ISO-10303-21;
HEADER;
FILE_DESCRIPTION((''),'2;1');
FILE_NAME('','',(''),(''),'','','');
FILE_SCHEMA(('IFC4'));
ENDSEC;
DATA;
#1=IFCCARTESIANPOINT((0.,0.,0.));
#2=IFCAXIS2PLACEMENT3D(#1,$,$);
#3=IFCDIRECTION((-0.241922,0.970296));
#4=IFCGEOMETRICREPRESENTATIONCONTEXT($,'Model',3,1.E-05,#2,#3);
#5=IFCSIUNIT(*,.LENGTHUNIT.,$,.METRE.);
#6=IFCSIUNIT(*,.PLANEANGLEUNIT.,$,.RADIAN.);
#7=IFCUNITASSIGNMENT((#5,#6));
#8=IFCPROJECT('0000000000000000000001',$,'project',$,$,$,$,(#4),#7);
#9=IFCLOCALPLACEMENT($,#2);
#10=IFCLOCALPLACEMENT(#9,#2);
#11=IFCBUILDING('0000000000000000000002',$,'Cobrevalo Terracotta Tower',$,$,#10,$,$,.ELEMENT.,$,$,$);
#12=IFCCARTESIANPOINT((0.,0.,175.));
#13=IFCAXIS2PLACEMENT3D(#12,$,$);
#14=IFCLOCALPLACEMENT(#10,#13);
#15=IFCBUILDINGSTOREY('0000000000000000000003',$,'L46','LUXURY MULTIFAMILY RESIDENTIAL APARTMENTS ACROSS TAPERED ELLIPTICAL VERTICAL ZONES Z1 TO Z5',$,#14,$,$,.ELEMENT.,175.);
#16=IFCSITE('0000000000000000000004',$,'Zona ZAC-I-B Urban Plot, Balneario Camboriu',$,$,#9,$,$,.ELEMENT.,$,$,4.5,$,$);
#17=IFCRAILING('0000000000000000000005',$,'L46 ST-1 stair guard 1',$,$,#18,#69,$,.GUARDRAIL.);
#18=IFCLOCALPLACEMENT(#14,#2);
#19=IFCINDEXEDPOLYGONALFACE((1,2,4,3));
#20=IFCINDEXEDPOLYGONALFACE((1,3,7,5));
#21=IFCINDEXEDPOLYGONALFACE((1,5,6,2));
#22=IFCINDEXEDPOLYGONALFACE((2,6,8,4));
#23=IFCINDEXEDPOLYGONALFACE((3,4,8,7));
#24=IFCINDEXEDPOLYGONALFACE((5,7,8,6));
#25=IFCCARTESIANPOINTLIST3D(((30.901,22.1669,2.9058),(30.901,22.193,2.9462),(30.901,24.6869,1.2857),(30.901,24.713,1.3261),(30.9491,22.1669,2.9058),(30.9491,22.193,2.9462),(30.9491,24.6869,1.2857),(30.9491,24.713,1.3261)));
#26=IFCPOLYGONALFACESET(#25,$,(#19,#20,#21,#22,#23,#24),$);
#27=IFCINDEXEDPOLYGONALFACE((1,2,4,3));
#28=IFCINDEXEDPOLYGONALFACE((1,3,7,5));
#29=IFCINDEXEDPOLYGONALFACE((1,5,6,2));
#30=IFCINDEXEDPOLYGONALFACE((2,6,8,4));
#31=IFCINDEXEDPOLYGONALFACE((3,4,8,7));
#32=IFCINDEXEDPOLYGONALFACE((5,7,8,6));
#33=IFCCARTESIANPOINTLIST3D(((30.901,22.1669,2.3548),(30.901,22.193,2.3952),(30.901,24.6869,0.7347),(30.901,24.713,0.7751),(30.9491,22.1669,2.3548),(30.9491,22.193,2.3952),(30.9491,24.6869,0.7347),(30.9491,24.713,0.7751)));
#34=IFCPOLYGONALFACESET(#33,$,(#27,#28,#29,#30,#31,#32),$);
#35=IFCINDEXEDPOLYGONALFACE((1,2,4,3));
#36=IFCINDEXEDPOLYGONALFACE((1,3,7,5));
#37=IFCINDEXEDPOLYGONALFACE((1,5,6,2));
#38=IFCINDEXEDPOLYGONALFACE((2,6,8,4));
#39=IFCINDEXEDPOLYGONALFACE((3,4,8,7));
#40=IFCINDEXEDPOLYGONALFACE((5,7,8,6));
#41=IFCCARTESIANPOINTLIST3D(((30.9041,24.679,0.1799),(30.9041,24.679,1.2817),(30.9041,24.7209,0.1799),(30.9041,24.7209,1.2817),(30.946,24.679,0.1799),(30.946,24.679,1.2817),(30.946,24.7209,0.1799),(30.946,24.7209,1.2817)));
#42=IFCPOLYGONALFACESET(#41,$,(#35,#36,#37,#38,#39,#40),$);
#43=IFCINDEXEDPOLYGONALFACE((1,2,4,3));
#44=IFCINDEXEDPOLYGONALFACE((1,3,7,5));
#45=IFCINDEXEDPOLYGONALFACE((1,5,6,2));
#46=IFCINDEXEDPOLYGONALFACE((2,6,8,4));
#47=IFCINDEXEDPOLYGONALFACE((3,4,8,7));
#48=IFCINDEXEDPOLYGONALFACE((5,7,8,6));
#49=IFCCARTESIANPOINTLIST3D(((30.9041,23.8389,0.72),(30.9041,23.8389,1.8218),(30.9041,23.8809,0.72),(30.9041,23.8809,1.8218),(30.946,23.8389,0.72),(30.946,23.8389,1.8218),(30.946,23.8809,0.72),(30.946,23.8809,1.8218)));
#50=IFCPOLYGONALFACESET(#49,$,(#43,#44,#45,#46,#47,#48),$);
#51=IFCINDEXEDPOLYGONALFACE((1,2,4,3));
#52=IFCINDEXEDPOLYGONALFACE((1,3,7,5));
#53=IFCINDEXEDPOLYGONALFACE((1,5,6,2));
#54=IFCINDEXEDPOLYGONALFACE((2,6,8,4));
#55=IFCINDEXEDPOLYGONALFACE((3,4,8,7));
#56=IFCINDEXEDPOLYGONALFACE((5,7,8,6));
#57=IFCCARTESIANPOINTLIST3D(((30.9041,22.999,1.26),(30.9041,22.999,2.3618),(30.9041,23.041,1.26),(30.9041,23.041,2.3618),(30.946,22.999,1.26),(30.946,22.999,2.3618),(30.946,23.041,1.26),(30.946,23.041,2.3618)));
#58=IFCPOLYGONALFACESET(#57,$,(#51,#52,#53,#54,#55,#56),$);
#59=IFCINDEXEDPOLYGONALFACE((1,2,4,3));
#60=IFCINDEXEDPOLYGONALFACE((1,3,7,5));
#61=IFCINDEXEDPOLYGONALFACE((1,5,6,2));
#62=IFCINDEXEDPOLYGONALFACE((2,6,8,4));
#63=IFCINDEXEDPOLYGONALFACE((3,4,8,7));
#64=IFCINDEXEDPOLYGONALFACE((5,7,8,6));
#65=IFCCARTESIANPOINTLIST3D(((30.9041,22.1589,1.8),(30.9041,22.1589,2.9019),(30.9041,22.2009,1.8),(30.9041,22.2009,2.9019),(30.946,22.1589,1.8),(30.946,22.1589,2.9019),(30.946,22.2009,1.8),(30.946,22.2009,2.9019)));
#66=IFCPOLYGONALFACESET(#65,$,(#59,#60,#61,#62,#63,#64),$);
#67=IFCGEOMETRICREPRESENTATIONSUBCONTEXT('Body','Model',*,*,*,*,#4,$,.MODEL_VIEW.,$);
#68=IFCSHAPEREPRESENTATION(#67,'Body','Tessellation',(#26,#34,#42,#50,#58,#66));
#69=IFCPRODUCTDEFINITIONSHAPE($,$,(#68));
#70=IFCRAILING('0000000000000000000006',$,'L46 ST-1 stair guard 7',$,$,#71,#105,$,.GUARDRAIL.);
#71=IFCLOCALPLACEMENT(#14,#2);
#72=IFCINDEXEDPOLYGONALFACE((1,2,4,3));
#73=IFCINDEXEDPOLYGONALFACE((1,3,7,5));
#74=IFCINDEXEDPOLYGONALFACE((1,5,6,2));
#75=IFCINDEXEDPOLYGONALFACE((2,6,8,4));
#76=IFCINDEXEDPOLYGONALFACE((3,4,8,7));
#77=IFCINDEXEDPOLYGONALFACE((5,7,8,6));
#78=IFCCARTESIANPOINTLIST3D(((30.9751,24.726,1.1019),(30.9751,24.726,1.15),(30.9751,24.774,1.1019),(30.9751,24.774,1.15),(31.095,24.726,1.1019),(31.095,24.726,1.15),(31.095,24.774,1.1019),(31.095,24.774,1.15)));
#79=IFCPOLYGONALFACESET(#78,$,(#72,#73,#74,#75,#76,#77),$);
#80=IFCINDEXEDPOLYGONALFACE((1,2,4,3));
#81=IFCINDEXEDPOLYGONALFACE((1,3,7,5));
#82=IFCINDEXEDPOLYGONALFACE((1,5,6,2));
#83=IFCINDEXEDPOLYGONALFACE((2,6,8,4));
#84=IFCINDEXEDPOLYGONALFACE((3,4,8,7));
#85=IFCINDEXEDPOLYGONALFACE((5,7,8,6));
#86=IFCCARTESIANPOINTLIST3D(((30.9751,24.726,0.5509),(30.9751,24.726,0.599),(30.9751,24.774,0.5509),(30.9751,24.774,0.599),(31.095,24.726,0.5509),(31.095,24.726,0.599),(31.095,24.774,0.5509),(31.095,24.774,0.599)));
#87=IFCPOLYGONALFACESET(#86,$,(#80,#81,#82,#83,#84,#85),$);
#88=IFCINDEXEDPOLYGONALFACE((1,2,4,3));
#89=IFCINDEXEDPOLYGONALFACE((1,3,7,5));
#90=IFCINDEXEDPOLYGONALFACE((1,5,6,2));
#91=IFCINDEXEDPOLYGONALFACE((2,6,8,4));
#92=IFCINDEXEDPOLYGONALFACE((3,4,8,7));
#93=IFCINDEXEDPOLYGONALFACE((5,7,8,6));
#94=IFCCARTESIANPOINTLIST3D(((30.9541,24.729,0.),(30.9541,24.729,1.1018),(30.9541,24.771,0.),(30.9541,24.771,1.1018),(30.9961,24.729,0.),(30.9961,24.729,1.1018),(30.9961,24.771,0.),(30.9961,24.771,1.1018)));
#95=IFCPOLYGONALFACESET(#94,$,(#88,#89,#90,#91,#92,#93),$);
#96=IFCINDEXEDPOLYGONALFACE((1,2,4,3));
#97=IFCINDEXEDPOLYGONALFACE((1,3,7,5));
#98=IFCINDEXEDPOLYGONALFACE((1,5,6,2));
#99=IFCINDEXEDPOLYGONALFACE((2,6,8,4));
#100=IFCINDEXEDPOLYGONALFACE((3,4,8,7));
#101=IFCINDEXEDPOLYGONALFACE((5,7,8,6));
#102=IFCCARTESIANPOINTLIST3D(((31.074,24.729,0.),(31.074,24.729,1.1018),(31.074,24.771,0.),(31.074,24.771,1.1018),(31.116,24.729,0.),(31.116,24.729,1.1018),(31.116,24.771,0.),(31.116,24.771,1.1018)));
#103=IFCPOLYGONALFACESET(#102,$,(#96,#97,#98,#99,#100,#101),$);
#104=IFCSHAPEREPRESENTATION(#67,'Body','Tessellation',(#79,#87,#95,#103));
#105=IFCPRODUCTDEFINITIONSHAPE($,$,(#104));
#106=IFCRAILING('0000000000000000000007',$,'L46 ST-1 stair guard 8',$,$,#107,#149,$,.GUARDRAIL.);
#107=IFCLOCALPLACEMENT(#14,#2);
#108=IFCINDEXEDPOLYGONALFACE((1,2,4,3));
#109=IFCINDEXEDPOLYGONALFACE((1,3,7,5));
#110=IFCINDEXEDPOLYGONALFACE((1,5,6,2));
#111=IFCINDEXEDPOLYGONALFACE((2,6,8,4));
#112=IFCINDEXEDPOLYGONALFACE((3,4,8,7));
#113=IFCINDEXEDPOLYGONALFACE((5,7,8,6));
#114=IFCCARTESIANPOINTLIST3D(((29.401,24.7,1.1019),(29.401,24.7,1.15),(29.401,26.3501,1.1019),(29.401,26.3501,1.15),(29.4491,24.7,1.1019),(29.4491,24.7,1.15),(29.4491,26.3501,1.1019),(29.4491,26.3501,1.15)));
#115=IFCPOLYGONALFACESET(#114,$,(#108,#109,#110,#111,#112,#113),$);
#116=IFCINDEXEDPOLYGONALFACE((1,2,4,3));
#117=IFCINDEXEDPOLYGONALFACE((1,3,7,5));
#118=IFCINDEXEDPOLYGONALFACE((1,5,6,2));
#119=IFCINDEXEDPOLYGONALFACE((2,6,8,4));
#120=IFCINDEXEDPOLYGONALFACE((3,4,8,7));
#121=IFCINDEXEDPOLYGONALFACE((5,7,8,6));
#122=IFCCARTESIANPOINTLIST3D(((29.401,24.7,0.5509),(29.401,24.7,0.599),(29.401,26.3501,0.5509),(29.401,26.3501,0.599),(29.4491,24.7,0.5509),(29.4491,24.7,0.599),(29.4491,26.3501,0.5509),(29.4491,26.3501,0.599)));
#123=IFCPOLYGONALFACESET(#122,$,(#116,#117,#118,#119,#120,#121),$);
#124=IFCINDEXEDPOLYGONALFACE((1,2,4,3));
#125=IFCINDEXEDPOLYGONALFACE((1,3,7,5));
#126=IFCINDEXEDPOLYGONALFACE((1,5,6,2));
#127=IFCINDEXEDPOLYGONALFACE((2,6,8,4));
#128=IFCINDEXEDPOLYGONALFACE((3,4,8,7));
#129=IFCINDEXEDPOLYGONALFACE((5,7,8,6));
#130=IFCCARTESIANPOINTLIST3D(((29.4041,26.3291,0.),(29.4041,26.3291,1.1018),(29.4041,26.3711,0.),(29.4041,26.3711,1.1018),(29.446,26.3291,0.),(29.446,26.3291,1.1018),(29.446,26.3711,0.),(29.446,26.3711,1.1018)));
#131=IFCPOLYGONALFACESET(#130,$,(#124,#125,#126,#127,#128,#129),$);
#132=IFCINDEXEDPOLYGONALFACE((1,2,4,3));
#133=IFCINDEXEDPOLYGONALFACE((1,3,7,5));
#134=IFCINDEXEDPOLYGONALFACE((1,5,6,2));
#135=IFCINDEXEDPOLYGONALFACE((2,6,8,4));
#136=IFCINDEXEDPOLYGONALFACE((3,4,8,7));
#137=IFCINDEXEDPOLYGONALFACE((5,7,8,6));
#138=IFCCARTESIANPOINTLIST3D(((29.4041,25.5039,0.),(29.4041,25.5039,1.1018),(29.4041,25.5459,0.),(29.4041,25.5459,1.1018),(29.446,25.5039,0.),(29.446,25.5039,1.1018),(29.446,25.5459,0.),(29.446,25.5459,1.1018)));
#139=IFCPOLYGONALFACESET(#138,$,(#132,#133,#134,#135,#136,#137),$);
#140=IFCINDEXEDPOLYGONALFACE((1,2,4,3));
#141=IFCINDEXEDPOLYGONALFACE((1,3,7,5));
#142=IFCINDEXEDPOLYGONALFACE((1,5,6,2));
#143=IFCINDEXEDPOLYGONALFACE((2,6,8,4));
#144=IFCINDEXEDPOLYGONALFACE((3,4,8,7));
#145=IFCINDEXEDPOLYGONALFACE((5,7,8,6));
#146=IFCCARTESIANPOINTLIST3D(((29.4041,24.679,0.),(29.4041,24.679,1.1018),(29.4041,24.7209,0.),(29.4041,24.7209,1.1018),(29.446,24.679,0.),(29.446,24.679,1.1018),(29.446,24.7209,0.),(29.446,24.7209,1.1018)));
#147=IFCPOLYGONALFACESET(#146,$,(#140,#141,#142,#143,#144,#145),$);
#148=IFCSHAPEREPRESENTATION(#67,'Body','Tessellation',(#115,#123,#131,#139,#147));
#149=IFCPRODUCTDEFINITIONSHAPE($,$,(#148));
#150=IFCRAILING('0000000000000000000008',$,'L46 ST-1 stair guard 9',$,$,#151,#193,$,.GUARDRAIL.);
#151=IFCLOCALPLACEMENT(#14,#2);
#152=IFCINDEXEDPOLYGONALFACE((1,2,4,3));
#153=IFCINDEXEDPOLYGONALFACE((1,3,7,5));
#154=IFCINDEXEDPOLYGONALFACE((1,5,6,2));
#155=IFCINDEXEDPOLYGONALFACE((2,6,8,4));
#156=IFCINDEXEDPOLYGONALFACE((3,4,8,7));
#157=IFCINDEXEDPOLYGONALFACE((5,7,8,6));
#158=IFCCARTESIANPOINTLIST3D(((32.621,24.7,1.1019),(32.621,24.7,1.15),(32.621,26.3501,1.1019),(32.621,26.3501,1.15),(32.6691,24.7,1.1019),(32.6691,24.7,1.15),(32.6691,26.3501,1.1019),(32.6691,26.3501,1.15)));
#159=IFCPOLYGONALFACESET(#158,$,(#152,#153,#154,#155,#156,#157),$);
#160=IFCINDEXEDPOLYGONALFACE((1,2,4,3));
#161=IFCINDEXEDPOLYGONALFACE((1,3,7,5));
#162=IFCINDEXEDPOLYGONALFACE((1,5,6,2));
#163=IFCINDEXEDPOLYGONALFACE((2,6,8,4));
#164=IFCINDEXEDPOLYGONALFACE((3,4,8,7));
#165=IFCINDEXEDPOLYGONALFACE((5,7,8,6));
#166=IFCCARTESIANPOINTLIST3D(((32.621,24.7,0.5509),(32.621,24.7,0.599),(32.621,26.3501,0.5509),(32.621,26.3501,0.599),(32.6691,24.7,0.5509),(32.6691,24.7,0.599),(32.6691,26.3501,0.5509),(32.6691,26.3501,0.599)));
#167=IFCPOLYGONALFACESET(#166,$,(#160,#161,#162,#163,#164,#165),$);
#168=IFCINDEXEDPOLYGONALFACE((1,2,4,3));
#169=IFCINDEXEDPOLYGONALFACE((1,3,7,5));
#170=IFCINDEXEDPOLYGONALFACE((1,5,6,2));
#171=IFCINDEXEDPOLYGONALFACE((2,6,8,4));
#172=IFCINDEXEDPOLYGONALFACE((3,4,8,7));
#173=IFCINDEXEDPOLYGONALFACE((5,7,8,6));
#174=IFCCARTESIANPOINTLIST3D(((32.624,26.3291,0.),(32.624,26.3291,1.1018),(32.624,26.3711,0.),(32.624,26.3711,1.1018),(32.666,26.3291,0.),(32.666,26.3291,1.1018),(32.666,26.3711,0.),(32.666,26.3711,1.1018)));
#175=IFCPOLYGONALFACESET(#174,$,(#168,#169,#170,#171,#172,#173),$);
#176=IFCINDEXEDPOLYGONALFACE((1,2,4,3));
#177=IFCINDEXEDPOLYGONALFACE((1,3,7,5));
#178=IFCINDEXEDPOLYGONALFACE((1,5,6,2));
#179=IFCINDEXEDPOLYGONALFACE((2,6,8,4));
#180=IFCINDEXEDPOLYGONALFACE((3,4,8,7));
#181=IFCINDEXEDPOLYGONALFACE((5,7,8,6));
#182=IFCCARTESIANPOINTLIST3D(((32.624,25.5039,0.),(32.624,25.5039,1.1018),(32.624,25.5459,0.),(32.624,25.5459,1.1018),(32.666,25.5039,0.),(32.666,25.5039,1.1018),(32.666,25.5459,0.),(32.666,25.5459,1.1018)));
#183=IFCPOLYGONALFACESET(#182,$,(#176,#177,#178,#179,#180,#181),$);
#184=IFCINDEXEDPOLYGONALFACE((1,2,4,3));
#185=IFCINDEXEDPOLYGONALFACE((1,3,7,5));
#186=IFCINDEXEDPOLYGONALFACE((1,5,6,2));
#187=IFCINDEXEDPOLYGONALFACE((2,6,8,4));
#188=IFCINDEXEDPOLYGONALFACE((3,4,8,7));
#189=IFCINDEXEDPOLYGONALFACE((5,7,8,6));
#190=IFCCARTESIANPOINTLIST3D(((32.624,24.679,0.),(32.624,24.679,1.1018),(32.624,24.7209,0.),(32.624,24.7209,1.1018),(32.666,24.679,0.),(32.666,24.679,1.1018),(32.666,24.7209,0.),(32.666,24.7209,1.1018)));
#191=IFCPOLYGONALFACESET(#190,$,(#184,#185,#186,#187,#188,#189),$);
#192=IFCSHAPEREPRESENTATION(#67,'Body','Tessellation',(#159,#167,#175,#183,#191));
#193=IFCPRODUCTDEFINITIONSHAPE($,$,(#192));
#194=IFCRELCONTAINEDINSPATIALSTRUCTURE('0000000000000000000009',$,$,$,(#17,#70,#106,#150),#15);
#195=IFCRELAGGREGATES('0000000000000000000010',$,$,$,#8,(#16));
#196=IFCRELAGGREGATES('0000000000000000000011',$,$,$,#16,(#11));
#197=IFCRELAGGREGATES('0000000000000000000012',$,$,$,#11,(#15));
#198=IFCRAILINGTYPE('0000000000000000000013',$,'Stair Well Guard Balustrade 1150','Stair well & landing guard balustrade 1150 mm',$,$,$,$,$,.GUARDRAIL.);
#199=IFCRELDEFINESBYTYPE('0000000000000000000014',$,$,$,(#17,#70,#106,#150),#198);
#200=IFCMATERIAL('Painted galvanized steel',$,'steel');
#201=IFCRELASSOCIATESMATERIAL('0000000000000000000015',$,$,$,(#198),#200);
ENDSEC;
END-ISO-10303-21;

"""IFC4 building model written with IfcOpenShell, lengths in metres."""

from ifc_helpers import new_model, si_unit, direction, frame, origin, origin_2d, place, context, subcontext, project, spatial, rectangle, extrude, material, type_object, element, save


model = new_model("IFC4")

# Units and contexts
model_context = context("Model", 3, precision=1e-05, world=origin(), true_north=direction((-0.241922, 0.970296)))
body_context = subcontext(model_context, "Body", "Model", "MODEL_VIEW")
ifc_project = project(units=[si_unit("LENGTHUNIT", "METRE"), si_unit("PLANEANGLEUNIT", "RADIAN")], contexts=[model_context])

# Site, building, storey
site_placement = place(None, origin())
site = spatial("IfcSite", under=ifc_project, at=site_placement, Name="Zona ZAC-I-B Urban Plot, Balneario Camboriu", CompositionType="ELEMENT", RefElevation=4.5)
building_placement = place(site_placement, origin())
building = spatial("IfcBuilding", under=site, at=building_placement, Name="Cobrevalo Terracotta Tower", CompositionType="ELEMENT")
storey_placement = place(building_placement, frame((0.0, 0.0, 175.0)))
storey = spatial("IfcBuildingStorey", under=building, at=storey_placement, Name="L46", Description="LUXURY MULTIFAMILY RESIDENTIAL APARTMENTS ACROSS TAPERED ELLIPTICAL VERTICAL ZONES Z1 TO Z5", CompositionType="ELEMENT", Elevation=175.0)

# Railings
ifc_material_1 = material(Name="Painted galvanized steel", Category="steel")
railing_type_1 = type_object("IfcRailingType", Name="Stair Well Guard Balustrade 1150", Description="Stair well & landing guard balustrade 1150 mm", PredefinedType="GUARDRAIL", material=ifc_material_1)
railing_1_placement = place(storey_placement, frame((30.925, 24.7, 0.1799)))
element("IfcRailing", 1, at=railing_1_placement, inside=storey, type_object=railing_type_1, Name="L46 ST-1 stair guard 1", PredefinedType="GUARDRAIL", context=body_context, shape_type="SweptSolid", body=[
    extrude(rectangle(XDim=0.0481, YDim=0.0481, at=origin_2d()), frame((0.0, 0.0, 1.126), z_axis=(0.0, -0.841163, 0.540782), x_axis=(1.0, 0.0, 0.0)), (0.0, 0.0, 1.0), 2.9958),
    extrude(rectangle(XDim=0.0481, YDim=0.0481, at=origin_2d()), frame((0.0, 0.0, 0.575), z_axis=(0.0, -0.841163, 0.540782), x_axis=(1.0, 0.0, 0.0)), (0.0, 0.0, 1.0), 2.9958),
    extrude(rectangle(XDim=0.042, YDim=0.042, at=origin_2d()), origin(), (0.0, 0.0, 1.0), 1.1018),
    extrude(rectangle(XDim=0.042, YDim=0.042, at=origin_2d()), frame((0.0, -0.8401, 0.54)), (0.0, 0.0, 1.0), 1.1018),
    extrude(rectangle(XDim=0.042, YDim=0.042, at=origin_2d()), frame((0.0, -1.6799, 1.0801)), (0.0, 0.0, 1.0), 1.1018),
    extrude(rectangle(XDim=0.042, YDim=0.042, at=origin_2d()), frame((0.0, -2.52, 1.6201)), (0.0, 0.0, 1.0), 1.1018),
])
railing_2_placement = place(storey_placement, frame((30.9751, 24.75, 0.0)))
element("IfcRailing", 2, at=railing_2_placement, inside=storey, type_object=railing_type_1, Name="L46 ST-1 stair guard 7", PredefinedType="GUARDRAIL", context=body_context, shape_type="SweptSolid", body=[
    extrude(rectangle(XDim=0.0481, YDim=0.0481, at=origin_2d()), frame((0.0, 0.0, 1.126), z_axis=(1.0, 0.0, 0.0), x_axis=(0.0, 1.0, 0.0)), (0.0, 0.0, 1.0), 0.1199),
    extrude(rectangle(XDim=0.0481, YDim=0.0481, at=origin_2d()), frame((0.0, 0.0, 0.575), z_axis=(1.0, 0.0, 0.0), x_axis=(0.0, 1.0, 0.0)), (0.0, 0.0, 1.0), 0.1199),
    extrude(rectangle(XDim=0.042, YDim=0.042, at=origin_2d()), origin(), (0.0, 0.0, 1.0), 1.1018),
    extrude(rectangle(XDim=0.042, YDim=0.042, at=origin_2d()), frame((0.1199, 0.0, 0.0)), (0.0, 0.0, 1.0), 1.1018),
])
for number, where, name in (
    (3, (29.425, 26.3501, 0.0), "L46 ST-1 stair guard 8"),
    (4, (32.645, 26.3501, 0.0), "L46 ST-1 stair guard 9"),
):
    element("IfcRailing", number, at=place(storey_placement, frame(where)), inside=storey, type_object=railing_type_1, Name=name, PredefinedType="GUARDRAIL", context=body_context, shape_type="SweptSolid", body=[
        extrude(rectangle(XDim=0.0481, YDim=0.0481, at=origin_2d()), frame((0.0, 0.0, 1.126), z_axis=(0.0, -1.0, 0.0), x_axis=(1.0, 0.0, 0.0)), (0.0, 0.0, 1.0), 1.6501),
        extrude(rectangle(XDim=0.0481, YDim=0.0481, at=origin_2d()), frame((0.0, 0.0, 0.575), z_axis=(0.0, -1.0, 0.0), x_axis=(1.0, 0.0, 0.0)), (0.0, 0.0, 1.0), 1.6501),
        extrude(rectangle(XDim=0.042, YDim=0.042, at=origin_2d()), origin(), (0.0, 0.0, 1.0), 1.1018),
        extrude(rectangle(XDim=0.042, YDim=0.042, at=origin_2d()), frame((0.0, -0.8252, 0.0)), (0.0, 0.0, 1.0), 1.1018),
        extrude(rectangle(XDim=0.042, YDim=0.042, at=origin_2d()), frame((0.0, -1.6501, 0.0)), (0.0, 0.0, 1.0), 1.1018),
    ])

save(model, "model.ifc")
